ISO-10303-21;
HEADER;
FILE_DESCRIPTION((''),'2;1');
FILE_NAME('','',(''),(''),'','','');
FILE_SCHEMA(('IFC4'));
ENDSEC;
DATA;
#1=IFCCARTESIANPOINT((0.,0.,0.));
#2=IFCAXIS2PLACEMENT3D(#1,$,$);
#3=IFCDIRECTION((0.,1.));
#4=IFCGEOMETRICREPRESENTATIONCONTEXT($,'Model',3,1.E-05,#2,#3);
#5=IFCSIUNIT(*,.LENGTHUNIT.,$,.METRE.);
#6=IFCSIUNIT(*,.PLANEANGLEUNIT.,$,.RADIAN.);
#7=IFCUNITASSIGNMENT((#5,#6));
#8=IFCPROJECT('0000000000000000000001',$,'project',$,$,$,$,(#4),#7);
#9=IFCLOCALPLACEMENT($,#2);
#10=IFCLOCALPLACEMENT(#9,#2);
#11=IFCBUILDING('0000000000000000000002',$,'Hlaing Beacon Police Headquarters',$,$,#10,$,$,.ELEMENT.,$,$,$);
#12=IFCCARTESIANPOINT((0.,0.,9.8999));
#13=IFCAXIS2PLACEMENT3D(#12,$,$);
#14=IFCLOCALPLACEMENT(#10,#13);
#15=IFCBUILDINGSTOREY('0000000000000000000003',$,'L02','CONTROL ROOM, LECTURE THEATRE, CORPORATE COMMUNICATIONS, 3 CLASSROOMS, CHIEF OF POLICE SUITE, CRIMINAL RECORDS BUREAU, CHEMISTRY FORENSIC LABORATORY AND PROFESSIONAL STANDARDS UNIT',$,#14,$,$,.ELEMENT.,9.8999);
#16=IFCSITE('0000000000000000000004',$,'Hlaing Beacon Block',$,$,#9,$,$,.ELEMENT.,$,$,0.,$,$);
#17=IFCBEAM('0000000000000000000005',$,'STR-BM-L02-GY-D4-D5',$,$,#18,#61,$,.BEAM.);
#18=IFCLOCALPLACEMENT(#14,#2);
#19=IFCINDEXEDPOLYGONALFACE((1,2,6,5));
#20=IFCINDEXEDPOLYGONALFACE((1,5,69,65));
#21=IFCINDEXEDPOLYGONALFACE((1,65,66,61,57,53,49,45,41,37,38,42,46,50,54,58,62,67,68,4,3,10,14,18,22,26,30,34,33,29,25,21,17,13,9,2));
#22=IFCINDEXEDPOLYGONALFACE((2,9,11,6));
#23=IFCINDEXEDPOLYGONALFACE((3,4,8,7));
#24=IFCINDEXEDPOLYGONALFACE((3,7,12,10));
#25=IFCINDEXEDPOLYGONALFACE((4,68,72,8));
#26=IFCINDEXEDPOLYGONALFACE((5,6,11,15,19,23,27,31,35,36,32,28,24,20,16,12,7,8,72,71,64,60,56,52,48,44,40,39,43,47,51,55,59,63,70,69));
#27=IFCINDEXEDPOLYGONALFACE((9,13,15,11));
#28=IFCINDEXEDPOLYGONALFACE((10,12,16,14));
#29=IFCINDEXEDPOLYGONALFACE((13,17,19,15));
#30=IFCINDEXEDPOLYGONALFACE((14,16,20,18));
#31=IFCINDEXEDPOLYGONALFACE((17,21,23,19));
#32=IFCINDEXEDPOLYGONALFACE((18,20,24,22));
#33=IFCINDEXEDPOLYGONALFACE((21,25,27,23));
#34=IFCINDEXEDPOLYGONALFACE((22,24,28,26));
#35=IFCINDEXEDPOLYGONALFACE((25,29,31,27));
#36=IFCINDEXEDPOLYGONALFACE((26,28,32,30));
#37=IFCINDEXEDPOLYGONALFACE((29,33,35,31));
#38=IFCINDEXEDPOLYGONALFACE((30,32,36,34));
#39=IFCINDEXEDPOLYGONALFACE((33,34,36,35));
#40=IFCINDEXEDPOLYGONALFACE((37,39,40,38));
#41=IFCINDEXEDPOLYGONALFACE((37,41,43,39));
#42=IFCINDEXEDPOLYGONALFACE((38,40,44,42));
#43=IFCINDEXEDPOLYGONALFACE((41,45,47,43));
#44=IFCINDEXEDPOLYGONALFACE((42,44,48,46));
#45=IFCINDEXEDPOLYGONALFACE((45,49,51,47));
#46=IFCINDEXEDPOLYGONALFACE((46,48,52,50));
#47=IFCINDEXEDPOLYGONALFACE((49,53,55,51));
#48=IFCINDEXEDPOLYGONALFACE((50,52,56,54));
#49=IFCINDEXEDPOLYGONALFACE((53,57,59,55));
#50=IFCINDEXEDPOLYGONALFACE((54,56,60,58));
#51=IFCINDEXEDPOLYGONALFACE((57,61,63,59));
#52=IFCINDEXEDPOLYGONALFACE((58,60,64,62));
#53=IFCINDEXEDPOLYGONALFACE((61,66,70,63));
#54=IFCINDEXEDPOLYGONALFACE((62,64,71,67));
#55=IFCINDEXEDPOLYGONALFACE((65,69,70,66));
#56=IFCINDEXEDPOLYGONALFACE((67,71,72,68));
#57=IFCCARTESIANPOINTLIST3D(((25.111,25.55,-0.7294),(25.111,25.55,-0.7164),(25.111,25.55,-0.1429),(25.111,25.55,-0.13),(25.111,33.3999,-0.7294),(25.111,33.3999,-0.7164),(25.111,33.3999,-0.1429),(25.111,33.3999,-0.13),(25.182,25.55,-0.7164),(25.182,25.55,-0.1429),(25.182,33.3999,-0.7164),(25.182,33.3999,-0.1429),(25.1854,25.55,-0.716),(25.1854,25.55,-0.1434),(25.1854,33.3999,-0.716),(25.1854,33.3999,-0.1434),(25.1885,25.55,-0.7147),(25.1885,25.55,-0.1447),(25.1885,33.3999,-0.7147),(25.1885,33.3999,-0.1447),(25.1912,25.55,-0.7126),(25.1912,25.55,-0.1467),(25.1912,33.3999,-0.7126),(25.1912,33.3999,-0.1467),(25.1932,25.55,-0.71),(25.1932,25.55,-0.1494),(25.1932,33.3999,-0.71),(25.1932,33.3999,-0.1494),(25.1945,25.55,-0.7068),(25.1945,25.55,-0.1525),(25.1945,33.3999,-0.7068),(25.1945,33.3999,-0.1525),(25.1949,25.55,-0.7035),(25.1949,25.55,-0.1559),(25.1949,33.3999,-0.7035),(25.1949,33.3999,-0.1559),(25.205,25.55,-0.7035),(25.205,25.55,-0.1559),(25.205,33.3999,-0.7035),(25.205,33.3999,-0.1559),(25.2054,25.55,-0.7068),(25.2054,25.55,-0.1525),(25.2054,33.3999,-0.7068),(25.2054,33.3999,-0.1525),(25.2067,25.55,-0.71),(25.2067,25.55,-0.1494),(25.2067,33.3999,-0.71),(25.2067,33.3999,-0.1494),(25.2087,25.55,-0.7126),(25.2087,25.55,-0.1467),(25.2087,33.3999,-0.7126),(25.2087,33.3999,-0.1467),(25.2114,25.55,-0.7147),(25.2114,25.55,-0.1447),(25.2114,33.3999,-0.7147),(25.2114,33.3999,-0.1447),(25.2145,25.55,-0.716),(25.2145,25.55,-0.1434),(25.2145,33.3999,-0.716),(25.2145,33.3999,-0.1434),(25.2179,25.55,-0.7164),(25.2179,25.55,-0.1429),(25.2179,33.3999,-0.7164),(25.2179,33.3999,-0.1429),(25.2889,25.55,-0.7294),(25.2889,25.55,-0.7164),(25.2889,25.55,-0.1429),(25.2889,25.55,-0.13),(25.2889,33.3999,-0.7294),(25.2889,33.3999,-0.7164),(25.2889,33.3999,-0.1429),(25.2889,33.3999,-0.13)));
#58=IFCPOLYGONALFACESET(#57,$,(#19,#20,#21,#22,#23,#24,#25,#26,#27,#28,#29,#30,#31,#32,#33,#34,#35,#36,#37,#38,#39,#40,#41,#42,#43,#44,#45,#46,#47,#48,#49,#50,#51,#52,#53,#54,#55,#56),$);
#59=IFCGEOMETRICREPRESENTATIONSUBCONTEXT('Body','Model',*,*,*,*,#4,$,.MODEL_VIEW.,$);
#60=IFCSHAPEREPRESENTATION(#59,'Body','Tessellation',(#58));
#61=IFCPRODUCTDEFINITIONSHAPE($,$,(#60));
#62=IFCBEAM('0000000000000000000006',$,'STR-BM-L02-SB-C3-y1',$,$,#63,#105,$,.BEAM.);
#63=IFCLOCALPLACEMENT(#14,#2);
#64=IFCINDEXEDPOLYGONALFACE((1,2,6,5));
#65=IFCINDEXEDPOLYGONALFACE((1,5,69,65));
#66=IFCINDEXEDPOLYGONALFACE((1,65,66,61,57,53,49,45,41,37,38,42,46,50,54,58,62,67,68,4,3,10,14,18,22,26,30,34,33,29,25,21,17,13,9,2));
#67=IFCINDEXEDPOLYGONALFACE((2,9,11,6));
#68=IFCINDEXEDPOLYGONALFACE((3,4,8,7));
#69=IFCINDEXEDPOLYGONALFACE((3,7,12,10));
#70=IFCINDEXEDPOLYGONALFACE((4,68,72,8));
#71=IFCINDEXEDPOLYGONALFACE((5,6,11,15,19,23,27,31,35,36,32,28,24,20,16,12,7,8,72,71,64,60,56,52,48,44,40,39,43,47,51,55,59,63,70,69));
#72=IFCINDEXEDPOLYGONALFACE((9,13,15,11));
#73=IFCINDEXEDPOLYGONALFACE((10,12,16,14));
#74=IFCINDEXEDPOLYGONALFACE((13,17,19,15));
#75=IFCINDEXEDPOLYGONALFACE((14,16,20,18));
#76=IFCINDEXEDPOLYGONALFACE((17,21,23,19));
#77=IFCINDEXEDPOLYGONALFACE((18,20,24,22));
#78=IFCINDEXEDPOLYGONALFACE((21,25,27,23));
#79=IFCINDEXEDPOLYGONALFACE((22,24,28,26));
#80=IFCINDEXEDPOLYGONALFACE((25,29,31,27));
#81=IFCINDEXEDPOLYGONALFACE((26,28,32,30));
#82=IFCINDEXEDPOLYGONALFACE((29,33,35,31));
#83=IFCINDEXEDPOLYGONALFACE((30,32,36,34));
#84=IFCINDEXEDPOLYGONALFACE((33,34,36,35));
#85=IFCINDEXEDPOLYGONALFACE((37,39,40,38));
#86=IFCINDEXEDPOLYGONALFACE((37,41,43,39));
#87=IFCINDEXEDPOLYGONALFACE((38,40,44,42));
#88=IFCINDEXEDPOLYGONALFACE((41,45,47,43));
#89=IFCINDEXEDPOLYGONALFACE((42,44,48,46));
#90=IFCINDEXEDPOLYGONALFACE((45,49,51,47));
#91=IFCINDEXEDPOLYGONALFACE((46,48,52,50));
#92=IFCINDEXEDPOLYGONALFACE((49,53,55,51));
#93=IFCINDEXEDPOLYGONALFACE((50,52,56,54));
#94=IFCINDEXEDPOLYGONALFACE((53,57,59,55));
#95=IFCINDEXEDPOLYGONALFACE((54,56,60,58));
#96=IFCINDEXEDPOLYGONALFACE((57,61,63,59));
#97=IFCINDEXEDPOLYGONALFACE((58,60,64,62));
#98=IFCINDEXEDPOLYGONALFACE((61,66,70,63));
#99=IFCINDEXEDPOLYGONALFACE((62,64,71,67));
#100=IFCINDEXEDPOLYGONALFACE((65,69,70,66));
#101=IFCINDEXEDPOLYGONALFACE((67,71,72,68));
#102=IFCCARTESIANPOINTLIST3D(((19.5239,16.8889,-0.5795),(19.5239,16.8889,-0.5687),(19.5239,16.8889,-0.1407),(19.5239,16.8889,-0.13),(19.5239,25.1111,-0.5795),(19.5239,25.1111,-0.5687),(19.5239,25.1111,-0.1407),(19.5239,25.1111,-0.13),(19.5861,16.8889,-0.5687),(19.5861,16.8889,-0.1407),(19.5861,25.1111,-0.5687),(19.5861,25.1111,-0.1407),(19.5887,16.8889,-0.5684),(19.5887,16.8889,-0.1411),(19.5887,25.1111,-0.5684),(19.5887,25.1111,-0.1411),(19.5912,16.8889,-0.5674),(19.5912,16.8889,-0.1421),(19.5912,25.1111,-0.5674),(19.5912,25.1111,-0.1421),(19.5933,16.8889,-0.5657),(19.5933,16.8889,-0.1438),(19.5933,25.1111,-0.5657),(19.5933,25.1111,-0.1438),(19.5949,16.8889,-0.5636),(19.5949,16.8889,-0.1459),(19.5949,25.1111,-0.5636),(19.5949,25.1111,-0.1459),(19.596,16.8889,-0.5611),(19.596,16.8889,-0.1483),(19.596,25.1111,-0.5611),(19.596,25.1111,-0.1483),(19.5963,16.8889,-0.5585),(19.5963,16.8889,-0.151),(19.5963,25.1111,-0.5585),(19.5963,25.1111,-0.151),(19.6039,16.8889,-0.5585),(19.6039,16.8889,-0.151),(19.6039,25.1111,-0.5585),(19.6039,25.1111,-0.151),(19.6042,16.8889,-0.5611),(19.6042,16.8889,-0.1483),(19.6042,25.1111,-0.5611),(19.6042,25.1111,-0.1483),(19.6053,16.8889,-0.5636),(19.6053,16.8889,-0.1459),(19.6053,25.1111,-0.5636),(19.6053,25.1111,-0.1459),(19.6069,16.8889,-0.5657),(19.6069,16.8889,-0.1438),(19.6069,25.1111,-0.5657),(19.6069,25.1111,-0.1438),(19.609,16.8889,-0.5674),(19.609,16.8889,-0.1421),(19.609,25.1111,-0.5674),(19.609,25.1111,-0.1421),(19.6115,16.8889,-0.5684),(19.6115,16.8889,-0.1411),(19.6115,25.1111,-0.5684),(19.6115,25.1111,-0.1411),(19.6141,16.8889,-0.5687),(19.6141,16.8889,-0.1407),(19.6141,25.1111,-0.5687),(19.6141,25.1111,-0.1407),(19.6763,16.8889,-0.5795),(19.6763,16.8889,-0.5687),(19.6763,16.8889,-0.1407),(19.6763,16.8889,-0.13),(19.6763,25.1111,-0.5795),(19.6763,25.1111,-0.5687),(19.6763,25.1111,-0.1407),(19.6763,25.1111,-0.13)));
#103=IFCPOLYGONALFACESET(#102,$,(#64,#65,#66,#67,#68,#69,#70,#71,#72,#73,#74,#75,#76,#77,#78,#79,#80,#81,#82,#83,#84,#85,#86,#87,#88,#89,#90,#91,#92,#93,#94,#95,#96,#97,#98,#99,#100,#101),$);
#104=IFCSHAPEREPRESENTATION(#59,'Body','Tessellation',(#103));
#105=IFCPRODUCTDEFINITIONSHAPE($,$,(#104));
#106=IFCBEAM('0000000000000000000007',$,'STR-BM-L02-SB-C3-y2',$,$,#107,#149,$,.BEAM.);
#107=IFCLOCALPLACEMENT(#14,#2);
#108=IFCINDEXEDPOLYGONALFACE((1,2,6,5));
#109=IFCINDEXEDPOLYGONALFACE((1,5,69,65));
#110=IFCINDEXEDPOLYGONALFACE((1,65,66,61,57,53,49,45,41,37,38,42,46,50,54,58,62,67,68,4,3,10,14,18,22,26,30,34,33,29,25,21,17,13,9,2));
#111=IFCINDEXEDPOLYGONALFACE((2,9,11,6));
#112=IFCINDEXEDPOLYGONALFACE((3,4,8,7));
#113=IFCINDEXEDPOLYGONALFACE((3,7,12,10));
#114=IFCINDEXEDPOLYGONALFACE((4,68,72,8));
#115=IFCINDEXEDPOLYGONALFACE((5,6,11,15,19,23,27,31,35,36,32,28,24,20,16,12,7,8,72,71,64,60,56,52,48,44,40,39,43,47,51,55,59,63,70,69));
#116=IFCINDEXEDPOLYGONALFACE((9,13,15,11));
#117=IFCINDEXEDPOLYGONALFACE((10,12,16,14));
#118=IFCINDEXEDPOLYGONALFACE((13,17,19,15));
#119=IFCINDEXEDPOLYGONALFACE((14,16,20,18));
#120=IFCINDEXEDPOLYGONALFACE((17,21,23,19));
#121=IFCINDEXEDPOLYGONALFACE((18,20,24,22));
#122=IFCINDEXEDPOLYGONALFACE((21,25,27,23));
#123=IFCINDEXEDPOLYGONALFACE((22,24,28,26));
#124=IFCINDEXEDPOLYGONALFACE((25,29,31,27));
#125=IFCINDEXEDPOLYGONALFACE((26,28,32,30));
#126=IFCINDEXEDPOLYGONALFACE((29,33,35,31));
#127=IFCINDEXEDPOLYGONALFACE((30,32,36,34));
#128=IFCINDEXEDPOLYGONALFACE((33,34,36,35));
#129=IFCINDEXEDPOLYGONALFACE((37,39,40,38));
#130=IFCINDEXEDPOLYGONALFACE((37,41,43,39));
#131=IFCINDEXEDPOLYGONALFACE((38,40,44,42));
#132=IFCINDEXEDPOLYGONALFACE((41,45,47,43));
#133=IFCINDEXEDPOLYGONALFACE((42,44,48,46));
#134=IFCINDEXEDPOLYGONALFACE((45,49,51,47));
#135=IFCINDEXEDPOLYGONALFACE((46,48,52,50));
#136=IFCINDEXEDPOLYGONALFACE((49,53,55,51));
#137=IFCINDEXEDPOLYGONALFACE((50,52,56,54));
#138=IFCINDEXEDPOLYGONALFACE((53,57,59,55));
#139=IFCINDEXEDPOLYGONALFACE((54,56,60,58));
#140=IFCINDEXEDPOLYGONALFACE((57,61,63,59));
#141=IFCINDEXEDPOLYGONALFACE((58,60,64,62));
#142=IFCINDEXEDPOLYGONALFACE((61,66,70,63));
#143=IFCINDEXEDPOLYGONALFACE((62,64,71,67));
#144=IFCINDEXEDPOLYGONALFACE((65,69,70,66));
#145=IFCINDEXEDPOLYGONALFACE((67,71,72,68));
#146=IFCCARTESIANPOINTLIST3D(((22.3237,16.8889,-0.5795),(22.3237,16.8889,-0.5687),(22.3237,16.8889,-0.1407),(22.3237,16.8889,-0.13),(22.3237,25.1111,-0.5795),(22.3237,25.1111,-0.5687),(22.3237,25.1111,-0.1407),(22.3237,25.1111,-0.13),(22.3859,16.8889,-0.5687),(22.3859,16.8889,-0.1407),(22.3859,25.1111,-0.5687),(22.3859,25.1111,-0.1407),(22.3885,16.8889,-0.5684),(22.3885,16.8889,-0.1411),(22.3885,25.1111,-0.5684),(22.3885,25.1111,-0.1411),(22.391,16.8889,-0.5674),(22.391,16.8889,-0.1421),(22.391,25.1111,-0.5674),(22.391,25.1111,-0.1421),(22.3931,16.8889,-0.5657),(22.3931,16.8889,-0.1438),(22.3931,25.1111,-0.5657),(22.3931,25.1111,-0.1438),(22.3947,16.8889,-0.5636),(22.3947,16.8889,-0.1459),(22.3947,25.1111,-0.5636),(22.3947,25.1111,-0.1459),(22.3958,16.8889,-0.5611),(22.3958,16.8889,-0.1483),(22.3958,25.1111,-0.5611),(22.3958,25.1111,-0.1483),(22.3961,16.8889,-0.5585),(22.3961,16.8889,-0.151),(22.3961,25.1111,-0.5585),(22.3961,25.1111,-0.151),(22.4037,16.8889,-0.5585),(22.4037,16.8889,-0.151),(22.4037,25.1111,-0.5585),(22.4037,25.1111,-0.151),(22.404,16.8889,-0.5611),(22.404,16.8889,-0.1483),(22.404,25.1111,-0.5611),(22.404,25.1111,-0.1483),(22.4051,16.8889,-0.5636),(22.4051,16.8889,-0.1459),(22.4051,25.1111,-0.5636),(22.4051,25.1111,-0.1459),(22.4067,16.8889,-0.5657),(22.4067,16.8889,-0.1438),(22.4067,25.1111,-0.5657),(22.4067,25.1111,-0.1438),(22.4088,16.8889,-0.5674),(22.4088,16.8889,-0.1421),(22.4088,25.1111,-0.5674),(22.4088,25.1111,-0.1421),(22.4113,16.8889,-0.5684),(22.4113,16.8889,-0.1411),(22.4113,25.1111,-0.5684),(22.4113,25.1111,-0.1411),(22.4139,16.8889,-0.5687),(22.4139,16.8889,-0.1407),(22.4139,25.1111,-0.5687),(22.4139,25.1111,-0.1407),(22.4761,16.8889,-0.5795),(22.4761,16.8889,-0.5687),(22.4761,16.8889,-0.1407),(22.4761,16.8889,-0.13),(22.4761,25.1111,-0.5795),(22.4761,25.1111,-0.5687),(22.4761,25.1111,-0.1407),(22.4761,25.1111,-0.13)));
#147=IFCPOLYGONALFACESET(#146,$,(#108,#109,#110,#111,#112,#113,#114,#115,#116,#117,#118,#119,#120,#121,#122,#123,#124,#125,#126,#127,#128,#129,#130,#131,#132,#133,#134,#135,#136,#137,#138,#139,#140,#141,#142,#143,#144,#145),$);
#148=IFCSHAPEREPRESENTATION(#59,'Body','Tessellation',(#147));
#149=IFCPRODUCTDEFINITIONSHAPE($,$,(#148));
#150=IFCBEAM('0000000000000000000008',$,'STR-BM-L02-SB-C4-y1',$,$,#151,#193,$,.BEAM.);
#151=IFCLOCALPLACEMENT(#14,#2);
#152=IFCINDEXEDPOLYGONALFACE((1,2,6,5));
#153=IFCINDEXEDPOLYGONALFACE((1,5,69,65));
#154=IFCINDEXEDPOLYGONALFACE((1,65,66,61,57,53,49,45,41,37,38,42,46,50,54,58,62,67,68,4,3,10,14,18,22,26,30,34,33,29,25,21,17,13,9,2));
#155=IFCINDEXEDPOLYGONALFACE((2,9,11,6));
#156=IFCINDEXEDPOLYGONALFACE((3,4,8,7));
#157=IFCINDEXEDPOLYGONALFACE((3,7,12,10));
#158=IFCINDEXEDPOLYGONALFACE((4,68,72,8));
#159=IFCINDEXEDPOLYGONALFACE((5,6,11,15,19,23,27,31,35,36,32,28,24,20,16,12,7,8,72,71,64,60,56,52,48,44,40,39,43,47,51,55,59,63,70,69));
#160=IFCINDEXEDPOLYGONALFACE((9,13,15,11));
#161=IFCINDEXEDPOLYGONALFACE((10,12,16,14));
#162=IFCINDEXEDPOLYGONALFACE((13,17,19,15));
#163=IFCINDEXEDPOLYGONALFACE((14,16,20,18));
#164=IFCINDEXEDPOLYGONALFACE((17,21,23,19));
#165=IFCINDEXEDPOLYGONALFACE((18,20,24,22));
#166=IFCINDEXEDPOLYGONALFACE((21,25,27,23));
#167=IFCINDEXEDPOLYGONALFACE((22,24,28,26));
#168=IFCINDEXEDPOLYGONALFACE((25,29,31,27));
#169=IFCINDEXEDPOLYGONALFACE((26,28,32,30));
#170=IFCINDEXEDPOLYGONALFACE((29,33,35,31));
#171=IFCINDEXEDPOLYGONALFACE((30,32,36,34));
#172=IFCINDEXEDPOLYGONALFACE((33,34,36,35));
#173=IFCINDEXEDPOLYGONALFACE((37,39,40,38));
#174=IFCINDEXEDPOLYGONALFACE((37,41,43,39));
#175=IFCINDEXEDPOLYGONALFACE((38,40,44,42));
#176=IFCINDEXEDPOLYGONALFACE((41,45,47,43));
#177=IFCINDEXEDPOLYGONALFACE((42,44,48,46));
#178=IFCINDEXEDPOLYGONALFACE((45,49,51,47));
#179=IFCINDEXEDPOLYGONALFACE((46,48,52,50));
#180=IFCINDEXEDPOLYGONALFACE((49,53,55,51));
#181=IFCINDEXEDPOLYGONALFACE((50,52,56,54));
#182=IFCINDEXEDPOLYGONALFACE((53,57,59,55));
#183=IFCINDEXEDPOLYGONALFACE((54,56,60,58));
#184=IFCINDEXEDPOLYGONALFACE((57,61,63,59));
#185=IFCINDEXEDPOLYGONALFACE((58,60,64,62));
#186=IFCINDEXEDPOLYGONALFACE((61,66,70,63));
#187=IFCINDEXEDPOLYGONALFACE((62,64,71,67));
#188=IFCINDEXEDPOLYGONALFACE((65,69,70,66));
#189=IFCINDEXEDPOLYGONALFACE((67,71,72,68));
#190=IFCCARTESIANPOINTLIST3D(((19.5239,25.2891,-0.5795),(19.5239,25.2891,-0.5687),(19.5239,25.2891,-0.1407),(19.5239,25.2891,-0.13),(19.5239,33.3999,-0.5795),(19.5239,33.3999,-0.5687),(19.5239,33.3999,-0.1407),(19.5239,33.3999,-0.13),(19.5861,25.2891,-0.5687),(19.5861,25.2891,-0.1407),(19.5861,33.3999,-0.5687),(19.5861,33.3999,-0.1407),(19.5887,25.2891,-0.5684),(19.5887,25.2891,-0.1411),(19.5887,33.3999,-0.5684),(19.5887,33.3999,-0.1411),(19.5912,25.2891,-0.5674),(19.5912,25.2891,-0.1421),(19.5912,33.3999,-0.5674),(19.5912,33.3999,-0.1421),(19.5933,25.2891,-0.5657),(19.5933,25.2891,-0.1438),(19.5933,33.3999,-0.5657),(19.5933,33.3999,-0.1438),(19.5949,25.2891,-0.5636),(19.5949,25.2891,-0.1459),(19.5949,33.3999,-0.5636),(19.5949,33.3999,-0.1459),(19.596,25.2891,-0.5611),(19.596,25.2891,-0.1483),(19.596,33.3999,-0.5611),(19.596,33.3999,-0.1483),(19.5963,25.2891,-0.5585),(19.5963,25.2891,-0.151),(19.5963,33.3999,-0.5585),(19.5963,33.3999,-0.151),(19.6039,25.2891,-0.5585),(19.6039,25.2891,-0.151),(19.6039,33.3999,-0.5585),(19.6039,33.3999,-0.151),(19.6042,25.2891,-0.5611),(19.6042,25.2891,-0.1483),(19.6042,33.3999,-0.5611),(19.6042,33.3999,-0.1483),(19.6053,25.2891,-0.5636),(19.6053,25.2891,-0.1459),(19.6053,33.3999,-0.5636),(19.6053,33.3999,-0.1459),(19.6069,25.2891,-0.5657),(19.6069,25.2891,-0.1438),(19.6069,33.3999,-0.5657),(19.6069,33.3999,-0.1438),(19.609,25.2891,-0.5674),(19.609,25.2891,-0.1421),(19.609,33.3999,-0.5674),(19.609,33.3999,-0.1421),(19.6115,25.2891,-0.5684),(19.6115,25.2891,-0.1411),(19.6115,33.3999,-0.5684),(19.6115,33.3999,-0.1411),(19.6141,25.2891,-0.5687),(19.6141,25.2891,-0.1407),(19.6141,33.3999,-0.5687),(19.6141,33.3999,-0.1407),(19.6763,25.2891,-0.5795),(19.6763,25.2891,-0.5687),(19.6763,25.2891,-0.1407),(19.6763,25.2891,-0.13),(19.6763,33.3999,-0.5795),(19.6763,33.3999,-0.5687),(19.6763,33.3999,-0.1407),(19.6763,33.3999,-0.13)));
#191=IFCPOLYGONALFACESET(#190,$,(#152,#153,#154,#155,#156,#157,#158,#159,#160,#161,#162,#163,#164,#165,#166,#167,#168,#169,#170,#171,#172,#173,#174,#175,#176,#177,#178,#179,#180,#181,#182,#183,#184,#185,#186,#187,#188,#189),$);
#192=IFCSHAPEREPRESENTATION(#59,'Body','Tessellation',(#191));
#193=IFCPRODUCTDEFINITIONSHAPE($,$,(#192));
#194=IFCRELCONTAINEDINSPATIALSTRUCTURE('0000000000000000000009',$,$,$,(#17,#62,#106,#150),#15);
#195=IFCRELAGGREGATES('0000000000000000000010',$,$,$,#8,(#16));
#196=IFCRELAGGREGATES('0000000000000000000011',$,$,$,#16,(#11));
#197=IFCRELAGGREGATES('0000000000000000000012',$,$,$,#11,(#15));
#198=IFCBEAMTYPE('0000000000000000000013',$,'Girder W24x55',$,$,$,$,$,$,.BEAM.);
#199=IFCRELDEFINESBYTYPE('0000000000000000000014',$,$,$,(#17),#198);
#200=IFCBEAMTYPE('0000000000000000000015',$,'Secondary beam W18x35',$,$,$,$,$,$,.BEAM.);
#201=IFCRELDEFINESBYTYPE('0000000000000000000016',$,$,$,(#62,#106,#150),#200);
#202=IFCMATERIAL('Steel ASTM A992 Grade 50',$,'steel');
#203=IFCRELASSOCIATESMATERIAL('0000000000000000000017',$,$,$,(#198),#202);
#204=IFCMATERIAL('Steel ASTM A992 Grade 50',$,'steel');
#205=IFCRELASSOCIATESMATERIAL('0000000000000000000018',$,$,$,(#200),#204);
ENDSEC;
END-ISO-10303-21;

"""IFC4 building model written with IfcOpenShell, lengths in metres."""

from ifc_helpers import new_model, si_unit, direction, frame, origin, origin_2d, place, context, subcontext, project, spatial, i_section, extrude, material, material_profile, profile_set, type_object, element, save


model = new_model("IFC4")

# Units and contexts
model_context = context("Model", 3, precision=1e-05, world=origin(), true_north=direction((0.0, 1.0)))
body_context = subcontext(model_context, "Body", "Model", "MODEL_VIEW")
ifc_project = project(units=[si_unit("LENGTHUNIT", "METRE"), si_unit("PLANEANGLEUNIT", "RADIAN")], contexts=[model_context])

# Site, building, storey
site_placement = place(None, origin())
site = spatial("IfcSite", under=ifc_project, at=site_placement, Name="Hlaing Beacon Block", CompositionType="ELEMENT", RefElevation=0.0)
building_placement = place(site_placement, origin())
building = spatial("IfcBuilding", under=site, at=building_placement, Name="Hlaing Beacon Police Headquarters", CompositionType="ELEMENT")
storey_placement = place(building_placement, frame((0.0, 0.0, 9.8999)))
storey = spatial("IfcBuildingStorey", under=building, at=storey_placement, Name="L02", Description="CONTROL ROOM, LECTURE THEATRE, CORPORATE COMMUNICATIONS, 3 CLASSROOMS, CHIEF OF POLICE SUITE, CRIMINAL RECORDS BUREAU, CHEMISTRY FORENSIC LABORATORY AND PROFESSIONAL STANDARDS UNIT", CompositionType="ELEMENT", Elevation=9.8999)

# Beams
ifc_material_1 = material(Name="Steel ASTM A992 Grade 50", Category="steel")
ifc_material_profile_1 = material_profile(ifc_material_1, i_section(OverallWidth=0.178, OverallDepth=0.5994, WebThickness=0.01, FlangeThickness=0.0129, FilletRadius=0.0129, at=origin_2d()), Name="W24x55")
ifc_profile_set_1 = profile_set([ifc_material_profile_1], Name="Steel ASTM A992 Grade 50")
beam_type_1 = type_object("IfcBeamType", Name="Girder W24x55", PredefinedType="BEAM", material=ifc_profile_set_1)
beam_1_placement = place(storey_placement, frame((25.2, 25.55, -0.4297), z_axis=(0.0, 1.0, 0.0), x_axis=(-1.0, 0.0, 0.0)))
element("IfcBeam", 1, at=beam_1_placement, inside=storey, type_object=beam_type_1, Name="STR-BM-L02-GY-D4-D5", PredefinedType="BEAM", context=body_context, shape_type="SweptSolid", body=[
    extrude(i_section(OverallWidth=0.178, OverallDepth=0.5994, WebThickness=0.01, FlangeThickness=0.0129, FilletRadius=0.0129, at=origin_2d()), origin(), (0.0, 0.0, 1.0), 7.8499),
])
ifc_material_2 = material(Name="Steel ASTM A992 Grade 50", Category="steel")
ifc_material_profile_2 = material_profile(ifc_material_2, i_section(OverallWidth=0.1523, OverallDepth=0.4495, WebThickness=0.0076, FlangeThickness=0.0107, FilletRadius=0.0103, at=origin_2d()), Name="W18x35")
ifc_profile_set_2 = profile_set([ifc_material_profile_2], Name="Steel ASTM A992 Grade 50")
beam_type_2 = type_object("IfcBeamType", Name="Secondary beam W18x35", PredefinedType="BEAM", material=ifc_profile_set_2)
for number, where, z_axis, x_axis, name in (
    (2, (19.6001, 16.8889, -0.3547), (0.0, 1.0, 0.0), (-1.0, 0.0, 0.0), "STR-BM-L02-SB-C3-y1"),
    (3, (22.3999, 16.8889, -0.3547), (0.0, 1.0, 0.0), (-1.0, 0.0, 0.0), "STR-BM-L02-SB-C3-y2"),
):
    element("IfcBeam", number, at=place(storey_placement, frame(where, z_axis=z_axis, x_axis=x_axis)), inside=storey, type_object=beam_type_2, Name=name, PredefinedType="BEAM", context=body_context, shape_type="SweptSolid", body=[
        extrude(i_section(OverallWidth=0.1523, OverallDepth=0.4495, WebThickness=0.0076, FlangeThickness=0.0107, FilletRadius=0.0103, at=origin_2d()), origin(), (0.0, 0.0, 1.0), 8.2222),
    ])
for number, where, z_axis, x_axis, name in (
    (4, (19.6001, 25.2891, -0.3547), (0.0, 1.0, 0.0), (-1.0, 0.0, 0.0), "STR-BM-L02-SB-C4-y1"),
):
    element("IfcBeam", number, at=place(storey_placement, frame(where, z_axis=z_axis, x_axis=x_axis)), inside=storey, type_object=beam_type_2, Name=name, PredefinedType="BEAM", context=body_context, shape_type="SweptSolid", body=[
        extrude(i_section(OverallWidth=0.1523, OverallDepth=0.4495, WebThickness=0.0076, FlangeThickness=0.0107, FilletRadius=0.0103, at=origin_2d()), origin(), (0.0, 0.0, 1.0), 8.1108),
    ])

save(model, "model.ifc")
